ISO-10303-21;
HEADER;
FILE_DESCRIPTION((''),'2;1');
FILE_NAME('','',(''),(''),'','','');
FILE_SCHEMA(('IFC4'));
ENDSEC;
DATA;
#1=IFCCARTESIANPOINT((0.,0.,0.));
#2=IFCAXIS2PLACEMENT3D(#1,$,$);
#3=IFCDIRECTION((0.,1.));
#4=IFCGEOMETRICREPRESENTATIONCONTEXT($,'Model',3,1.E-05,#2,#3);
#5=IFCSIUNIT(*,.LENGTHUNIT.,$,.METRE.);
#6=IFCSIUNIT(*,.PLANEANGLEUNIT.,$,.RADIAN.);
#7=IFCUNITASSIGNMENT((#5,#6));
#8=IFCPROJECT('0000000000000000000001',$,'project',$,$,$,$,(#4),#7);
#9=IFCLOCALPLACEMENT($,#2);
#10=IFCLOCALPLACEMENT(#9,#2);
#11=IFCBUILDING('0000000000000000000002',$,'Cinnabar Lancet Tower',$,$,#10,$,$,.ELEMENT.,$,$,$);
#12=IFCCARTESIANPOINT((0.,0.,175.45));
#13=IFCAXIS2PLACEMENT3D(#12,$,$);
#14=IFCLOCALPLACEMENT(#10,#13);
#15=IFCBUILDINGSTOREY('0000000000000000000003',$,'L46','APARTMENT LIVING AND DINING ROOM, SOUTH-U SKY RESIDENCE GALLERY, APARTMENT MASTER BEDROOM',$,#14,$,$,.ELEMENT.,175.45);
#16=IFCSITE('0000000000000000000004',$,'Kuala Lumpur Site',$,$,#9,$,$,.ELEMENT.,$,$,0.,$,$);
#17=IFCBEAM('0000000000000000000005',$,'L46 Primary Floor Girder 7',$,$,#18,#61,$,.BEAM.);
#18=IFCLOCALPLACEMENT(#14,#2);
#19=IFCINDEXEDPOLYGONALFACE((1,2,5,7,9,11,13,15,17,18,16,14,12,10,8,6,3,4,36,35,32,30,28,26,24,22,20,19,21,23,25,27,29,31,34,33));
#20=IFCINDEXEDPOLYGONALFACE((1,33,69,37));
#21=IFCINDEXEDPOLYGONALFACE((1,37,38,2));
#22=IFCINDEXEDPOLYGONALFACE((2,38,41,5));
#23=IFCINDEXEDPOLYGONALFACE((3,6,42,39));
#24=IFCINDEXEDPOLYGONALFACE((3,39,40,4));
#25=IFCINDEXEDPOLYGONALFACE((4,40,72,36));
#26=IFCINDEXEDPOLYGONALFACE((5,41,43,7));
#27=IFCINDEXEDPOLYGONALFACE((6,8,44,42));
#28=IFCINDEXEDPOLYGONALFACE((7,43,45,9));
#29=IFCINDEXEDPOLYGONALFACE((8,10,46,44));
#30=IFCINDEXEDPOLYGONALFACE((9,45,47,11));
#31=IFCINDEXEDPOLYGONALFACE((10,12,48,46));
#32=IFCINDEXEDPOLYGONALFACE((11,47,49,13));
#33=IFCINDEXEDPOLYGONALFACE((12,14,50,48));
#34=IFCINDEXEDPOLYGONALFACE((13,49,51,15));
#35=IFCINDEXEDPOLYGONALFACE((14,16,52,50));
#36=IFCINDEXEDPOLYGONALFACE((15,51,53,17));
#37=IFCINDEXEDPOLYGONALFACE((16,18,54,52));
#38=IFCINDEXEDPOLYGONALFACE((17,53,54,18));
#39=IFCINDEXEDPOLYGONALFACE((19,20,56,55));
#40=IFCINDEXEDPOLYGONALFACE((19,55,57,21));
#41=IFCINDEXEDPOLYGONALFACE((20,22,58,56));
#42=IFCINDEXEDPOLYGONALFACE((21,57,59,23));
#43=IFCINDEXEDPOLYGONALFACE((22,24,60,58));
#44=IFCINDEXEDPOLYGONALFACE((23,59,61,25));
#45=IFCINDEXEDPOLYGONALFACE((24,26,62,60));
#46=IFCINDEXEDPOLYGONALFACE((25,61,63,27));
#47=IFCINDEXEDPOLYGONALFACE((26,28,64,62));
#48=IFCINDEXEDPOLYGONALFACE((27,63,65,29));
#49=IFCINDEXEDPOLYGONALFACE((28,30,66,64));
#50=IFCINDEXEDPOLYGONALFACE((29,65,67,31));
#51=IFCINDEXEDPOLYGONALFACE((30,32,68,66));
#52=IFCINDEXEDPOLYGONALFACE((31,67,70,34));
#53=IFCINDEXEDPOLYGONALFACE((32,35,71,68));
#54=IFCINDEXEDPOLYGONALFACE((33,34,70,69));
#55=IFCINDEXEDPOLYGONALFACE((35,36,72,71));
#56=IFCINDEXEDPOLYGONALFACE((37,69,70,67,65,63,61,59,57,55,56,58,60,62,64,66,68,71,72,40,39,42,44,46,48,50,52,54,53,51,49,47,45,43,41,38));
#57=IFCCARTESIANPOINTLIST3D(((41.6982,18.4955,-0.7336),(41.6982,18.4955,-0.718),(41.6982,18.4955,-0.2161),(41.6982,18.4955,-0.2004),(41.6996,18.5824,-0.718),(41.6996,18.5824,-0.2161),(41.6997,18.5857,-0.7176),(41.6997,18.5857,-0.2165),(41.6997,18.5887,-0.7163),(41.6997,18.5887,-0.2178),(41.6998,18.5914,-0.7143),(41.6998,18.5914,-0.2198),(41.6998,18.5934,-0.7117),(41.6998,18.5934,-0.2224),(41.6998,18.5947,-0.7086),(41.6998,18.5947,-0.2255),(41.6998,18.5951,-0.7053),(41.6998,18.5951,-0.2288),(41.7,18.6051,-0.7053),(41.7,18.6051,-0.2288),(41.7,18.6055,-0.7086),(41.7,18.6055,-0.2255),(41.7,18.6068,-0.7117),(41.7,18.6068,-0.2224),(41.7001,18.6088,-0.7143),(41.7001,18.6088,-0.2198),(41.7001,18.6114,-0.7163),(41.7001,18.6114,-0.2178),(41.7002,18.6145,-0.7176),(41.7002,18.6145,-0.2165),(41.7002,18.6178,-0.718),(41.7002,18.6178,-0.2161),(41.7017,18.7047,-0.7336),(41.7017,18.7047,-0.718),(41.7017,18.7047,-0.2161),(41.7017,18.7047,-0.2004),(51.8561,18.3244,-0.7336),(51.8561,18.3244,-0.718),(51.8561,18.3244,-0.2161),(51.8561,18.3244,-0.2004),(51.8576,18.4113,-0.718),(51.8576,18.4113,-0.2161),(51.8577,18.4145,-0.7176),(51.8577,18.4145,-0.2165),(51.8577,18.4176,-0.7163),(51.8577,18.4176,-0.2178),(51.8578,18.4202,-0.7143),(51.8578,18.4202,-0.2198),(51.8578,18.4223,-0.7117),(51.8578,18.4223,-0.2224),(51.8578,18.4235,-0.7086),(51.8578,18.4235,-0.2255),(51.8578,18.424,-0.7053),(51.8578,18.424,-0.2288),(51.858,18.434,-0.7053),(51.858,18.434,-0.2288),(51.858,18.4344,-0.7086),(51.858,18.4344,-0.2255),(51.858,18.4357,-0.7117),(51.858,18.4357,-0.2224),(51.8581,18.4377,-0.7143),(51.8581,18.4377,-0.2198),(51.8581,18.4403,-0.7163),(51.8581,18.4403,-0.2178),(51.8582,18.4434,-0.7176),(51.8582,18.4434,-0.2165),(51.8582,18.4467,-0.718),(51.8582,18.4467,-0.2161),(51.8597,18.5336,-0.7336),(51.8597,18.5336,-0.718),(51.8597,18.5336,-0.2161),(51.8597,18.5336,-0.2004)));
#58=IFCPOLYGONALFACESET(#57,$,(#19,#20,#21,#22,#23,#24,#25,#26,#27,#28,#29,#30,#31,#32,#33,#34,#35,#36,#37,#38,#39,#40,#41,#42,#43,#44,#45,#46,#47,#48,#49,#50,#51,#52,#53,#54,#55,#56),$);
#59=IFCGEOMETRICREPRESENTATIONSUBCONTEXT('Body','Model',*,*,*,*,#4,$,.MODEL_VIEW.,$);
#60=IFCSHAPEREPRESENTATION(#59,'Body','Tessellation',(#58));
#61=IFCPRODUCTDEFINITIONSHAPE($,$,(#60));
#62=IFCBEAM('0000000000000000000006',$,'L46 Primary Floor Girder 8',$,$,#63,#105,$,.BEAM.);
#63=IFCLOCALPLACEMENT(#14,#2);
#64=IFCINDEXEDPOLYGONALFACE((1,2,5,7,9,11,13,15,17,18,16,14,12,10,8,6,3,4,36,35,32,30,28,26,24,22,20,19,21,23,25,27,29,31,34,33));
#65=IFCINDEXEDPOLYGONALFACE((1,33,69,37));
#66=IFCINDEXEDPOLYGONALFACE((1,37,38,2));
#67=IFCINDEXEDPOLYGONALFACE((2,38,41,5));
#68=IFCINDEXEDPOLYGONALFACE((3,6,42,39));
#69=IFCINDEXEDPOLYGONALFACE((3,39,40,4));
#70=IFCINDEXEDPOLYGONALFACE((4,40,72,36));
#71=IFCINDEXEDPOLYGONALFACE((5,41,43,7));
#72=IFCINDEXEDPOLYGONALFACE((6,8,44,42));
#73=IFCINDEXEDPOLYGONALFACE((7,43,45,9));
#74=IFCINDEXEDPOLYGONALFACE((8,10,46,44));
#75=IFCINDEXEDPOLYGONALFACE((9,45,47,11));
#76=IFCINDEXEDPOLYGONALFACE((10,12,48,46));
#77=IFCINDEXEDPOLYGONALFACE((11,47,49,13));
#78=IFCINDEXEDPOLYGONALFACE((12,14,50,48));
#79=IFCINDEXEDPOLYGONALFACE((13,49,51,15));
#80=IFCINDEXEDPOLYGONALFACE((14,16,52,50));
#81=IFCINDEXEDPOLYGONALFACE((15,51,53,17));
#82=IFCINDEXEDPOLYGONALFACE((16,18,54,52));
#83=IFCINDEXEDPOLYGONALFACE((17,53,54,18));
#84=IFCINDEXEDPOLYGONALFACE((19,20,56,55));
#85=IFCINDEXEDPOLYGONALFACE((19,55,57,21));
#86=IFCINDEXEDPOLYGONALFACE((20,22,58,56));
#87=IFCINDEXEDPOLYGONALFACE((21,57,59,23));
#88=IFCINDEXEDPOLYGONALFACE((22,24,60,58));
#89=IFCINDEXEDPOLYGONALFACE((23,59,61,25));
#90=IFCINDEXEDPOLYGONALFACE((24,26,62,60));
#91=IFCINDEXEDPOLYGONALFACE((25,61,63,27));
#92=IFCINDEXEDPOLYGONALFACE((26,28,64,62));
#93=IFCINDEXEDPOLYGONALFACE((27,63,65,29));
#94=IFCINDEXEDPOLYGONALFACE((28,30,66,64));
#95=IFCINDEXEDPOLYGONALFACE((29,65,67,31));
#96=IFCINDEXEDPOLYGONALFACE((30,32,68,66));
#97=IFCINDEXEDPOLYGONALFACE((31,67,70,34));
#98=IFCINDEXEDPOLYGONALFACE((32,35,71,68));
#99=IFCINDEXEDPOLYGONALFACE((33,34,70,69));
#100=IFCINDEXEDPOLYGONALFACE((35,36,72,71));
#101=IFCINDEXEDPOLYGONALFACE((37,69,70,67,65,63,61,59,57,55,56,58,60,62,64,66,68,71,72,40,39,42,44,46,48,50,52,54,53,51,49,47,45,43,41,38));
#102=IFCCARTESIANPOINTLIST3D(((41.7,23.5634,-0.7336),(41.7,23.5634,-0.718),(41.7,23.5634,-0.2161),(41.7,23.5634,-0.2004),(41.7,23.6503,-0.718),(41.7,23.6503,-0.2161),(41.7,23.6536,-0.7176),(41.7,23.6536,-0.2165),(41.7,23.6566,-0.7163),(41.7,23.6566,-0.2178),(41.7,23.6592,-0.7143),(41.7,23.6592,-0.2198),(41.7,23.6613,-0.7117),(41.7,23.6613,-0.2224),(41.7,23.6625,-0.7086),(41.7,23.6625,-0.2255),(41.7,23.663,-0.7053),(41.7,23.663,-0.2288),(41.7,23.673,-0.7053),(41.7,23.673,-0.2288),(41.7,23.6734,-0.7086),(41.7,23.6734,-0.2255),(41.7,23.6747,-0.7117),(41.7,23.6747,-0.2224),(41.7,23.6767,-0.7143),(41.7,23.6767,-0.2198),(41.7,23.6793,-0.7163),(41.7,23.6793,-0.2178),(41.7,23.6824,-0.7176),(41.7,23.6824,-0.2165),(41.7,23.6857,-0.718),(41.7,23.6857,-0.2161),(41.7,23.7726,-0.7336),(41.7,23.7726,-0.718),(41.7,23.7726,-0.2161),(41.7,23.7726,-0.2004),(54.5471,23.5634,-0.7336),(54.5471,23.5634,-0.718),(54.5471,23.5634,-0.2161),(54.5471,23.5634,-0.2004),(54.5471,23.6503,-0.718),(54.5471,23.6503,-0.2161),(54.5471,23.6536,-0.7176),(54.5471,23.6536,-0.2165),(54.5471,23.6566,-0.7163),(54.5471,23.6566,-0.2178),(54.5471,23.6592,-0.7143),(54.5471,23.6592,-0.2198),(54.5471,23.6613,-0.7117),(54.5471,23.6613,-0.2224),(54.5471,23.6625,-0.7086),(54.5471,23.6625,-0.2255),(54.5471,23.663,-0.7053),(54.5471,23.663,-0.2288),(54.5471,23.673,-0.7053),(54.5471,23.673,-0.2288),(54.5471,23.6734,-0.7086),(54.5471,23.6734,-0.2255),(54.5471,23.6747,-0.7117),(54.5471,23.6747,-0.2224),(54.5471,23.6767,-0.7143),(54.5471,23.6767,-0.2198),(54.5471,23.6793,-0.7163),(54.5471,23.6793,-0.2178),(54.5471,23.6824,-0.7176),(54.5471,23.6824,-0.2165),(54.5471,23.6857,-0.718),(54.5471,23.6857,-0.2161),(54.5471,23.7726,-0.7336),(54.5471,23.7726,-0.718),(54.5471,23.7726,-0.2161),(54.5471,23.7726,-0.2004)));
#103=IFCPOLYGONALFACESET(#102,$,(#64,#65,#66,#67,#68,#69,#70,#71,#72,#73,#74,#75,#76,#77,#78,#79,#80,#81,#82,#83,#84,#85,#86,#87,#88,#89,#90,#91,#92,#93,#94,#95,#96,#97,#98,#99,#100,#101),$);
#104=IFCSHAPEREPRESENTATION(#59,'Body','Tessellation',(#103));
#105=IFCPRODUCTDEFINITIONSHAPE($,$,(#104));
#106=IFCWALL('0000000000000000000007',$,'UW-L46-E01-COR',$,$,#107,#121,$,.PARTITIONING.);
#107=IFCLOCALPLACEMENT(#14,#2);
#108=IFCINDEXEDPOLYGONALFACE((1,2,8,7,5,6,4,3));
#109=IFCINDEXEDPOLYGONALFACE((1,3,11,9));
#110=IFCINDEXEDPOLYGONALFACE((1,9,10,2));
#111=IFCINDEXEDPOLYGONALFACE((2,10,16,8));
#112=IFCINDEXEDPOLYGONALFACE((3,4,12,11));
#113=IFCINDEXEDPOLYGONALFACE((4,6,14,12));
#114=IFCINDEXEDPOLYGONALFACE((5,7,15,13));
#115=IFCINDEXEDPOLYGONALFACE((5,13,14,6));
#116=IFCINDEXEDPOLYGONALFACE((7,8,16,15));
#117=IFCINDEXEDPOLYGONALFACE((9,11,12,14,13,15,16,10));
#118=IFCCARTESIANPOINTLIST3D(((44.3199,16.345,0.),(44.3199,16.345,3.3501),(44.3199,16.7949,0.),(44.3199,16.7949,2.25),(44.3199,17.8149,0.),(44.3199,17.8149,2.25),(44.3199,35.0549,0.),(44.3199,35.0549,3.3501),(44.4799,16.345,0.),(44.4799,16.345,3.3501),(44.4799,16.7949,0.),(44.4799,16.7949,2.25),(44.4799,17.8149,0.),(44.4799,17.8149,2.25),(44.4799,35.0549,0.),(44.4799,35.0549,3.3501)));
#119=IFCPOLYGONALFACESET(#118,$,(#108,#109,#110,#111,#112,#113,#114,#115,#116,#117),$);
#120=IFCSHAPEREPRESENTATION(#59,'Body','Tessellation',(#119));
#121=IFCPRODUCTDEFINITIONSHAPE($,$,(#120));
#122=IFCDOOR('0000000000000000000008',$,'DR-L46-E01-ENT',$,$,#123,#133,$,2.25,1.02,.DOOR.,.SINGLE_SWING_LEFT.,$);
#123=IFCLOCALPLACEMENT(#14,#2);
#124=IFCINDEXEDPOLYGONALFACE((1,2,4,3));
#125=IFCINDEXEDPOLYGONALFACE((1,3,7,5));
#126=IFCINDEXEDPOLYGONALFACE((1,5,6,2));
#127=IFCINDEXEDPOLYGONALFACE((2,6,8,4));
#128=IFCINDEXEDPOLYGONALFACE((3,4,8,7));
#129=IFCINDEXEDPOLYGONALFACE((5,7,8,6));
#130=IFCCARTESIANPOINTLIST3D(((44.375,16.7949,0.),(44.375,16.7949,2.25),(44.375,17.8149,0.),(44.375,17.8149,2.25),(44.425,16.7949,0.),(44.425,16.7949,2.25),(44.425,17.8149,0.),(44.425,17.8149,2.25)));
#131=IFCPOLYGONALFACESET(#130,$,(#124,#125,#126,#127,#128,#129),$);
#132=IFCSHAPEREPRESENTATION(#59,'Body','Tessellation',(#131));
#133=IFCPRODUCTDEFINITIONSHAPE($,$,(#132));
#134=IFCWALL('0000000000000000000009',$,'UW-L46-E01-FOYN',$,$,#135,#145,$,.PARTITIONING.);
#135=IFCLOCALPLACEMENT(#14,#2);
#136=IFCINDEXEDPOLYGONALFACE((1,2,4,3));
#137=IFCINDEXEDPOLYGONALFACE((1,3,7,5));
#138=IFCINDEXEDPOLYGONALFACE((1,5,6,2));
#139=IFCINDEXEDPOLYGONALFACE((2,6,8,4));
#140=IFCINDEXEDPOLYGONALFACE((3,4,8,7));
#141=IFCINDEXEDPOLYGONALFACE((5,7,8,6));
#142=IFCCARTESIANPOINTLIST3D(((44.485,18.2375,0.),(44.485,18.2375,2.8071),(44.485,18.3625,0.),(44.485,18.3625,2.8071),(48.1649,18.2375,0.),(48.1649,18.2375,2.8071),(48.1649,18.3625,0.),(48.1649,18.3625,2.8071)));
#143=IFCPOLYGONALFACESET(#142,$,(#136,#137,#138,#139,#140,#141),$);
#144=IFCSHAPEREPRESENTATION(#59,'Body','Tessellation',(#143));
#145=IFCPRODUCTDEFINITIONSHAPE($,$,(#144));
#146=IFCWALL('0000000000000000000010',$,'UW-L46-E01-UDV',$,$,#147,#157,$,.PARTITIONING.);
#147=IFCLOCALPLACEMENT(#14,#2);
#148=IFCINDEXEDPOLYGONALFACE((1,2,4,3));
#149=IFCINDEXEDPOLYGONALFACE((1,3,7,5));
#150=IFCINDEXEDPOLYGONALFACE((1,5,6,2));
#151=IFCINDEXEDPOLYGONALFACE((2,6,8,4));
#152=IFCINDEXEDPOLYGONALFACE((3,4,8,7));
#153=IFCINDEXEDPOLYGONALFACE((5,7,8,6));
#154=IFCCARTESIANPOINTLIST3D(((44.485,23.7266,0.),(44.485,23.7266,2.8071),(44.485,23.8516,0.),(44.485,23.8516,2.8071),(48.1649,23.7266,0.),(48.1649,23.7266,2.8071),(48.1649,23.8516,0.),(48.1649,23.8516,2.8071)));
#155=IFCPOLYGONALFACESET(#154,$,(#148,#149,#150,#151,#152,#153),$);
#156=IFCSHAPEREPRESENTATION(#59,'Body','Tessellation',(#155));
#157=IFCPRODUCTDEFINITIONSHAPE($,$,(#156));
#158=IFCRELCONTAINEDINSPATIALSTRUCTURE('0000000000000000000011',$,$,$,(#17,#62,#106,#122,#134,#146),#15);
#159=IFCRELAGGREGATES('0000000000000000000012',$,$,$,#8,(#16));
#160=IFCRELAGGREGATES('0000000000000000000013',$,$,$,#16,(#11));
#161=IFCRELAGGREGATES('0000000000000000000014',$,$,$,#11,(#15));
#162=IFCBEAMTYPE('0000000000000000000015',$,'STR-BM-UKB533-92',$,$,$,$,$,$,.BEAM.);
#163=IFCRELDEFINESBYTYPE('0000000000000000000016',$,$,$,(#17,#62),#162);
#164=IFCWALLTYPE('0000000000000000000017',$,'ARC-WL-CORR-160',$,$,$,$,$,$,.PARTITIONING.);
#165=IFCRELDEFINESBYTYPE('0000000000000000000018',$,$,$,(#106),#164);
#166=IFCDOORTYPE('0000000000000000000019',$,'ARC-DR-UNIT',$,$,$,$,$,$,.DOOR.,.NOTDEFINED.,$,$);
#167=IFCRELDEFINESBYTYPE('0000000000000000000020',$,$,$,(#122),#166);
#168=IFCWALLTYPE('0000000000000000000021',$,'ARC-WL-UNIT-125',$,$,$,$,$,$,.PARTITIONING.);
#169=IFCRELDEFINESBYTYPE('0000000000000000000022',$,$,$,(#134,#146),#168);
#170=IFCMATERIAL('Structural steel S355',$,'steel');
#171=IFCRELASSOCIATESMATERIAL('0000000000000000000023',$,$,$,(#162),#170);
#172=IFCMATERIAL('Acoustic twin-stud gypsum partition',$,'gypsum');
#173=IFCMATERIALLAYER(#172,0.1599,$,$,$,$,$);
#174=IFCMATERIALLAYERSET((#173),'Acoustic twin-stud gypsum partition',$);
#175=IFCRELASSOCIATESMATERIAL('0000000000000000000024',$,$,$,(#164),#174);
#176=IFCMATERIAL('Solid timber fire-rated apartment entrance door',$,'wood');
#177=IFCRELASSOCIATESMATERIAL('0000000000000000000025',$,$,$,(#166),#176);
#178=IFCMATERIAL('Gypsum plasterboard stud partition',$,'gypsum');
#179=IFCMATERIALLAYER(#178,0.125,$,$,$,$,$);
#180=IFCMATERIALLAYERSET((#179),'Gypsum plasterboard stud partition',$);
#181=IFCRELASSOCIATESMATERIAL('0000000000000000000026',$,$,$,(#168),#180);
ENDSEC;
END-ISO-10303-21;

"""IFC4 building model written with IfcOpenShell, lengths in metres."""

from ifc_helpers import new_model, si_unit, direction, frame, frame_2d, origin, origin_2d, place, context, subcontext, project, spatial, rectangle, i_section, extrude, material, layer, layer_set, material_profile, profile_set, type_object, element, fill, save


model = new_model("IFC4")

# Units and contexts
model_context = context("Model", 3, precision=1e-05, world=origin(), true_north=direction((0.0, 1.0)))
body_context = subcontext(model_context, "Body", "Model", "MODEL_VIEW")
ifc_project = project(units=[si_unit("LENGTHUNIT", "METRE"), si_unit("PLANEANGLEUNIT", "RADIAN")], contexts=[model_context])

# Site, building, storey
site_placement = place(None, origin())
site = spatial("IfcSite", under=ifc_project, at=site_placement, Name="Kuala Lumpur Site", CompositionType="ELEMENT", RefElevation=0.0)
building_placement = place(site_placement, origin())
building = spatial("IfcBuilding", under=site, at=building_placement, Name="Cinnabar Lancet Tower", CompositionType="ELEMENT")
storey_placement = place(building_placement, frame((0.0, 0.0, 175.45)))
storey = spatial("IfcBuildingStorey", under=building, at=storey_placement, Name="L46", Description="APARTMENT LIVING AND DINING ROOM, SOUTH-U SKY RESIDENCE GALLERY, APARTMENT MASTER BEDROOM", CompositionType="ELEMENT", Elevation=175.45)

# Beams
ifc_material_1 = material(Name="Structural steel S355", Category="steel")
ifc_material_profile_1 = material_profile(ifc_material_1, i_section(OverallWidth=0.2092, OverallDepth=0.5332, WebThickness=0.01, FlangeThickness=0.0156, FilletRadius=0.0127, at=origin_2d()), Name="UKB 533x210x92")
ifc_profile_set_1 = profile_set([ifc_material_profile_1], Name="Structural steel S355")
beam_type_1 = type_object("IfcBeamType", Name="STR-BM-UKB533-92", PredefinedType="BEAM", material=ifc_profile_set_1)
beam_1_placement = place(storey_placement, frame((51.8579, 18.429, -0.467), z_axis=(-0.999858, 0.016846, 0.0), x_axis=(-0.016846, -0.999858, 0.0)))
element("IfcBeam", 1, at=beam_1_placement, inside=storey, type_object=beam_type_1, Name="L46 Primary Floor Girder 7", PredefinedType="BEAM", context=body_context, shape_type="SweptSolid", body=[
    extrude(i_section(OverallWidth=0.2092, OverallDepth=0.5332, WebThickness=0.01, FlangeThickness=0.0156, FilletRadius=0.0127, at=origin_2d()), origin(), (0.0, 0.0, 1.0), 10.1594),
])
beam_2_placement = place(storey_placement, frame((54.5471, 23.668, -0.467), z_axis=(-1.0, 0.0, 0.0), x_axis=(0.0, -1.0, 0.0)))
element("IfcBeam", 2, at=beam_2_placement, inside=storey, type_object=beam_type_1, Name="L46 Primary Floor Girder 8", PredefinedType="BEAM", context=body_context, shape_type="SweptSolid", body=[
    extrude(i_section(OverallWidth=0.2092, OverallDepth=0.5332, WebThickness=0.01, FlangeThickness=0.0156, FilletRadius=0.0127, at=origin_2d()), origin(), (0.0, 0.0, 1.0), 12.8472),
])

# Wall, opening, door
ifc_material_2 = material(Name="Acoustic twin-stud gypsum partition", Category="gypsum")
ifc_layer_1 = layer(ifc_material_2, 0.1599)
ifc_layer_set_1 = layer_set([ifc_layer_1], Name="Acoustic twin-stud gypsum partition")
wall_type_1 = type_object("IfcWallType", Name="ARC-WL-CORR-160", PredefinedType="PARTITIONING", material=ifc_layer_set_1)
wall_1_placement = place(storey_placement, frame((44.3999, 16.345, 0.0), z_axis=(0.0, 0.0, 1.0), x_axis=(0.0, 1.0, 0.0)))
wall_1 = element("IfcWall", 3, at=wall_1_placement, inside=storey, type_object=wall_type_1, Name="UW-L46-E01-COR", PredefinedType="PARTITIONING", context=body_context, shape_type="SweptSolid", body=[
    extrude(rectangle(XDim=18.71, YDim=0.1599, at=frame_2d((9.355, 0.0))), origin(), (0.0, 0.0, 1.0), 3.3501),
])
opening_1_placement = place(wall_1_placement, frame((0.45, 0.0, 0.0)))
opening_1 = element("IfcOpeningElement", 4, at=opening_1_placement, cuts=wall_1, PredefinedType="OPENING", context=body_context, shape_type="SweptSolid", body=[
    extrude(rectangle(XDim=1.02, YDim=2.25, at=frame_2d((0.51, 1.125))), frame((0.0, 0.0898, 0.0), z_axis=(0.0, -1.0, 0.0), x_axis=(1.0, 0.0, 0.0)), (0.0, 0.0, 1.0), 0.1799),
])
ifc_material_3 = material(Name="Solid timber fire-rated apartment entrance door", Category="wood")
door_type_1 = type_object("IfcDoorType", Name="ARC-DR-UNIT", OperationType="NOTDEFINED", PredefinedType="DOOR", material=ifc_material_3)
door_1_placement = place(opening_1_placement, origin())
door_1 = element("IfcDoor", 5, at=door_1_placement, inside=storey, type_object=door_type_1, Name="DR-L46-E01-ENT", OperationType="SINGLE_SWING_LEFT", OverallHeight=2.25, OverallWidth=1.02, PredefinedType="DOOR", context=body_context, shape_type="SweptSolid", body=[
    extrude(rectangle(XDim=1.02, YDim=2.25, at=frame_2d((0.51, 1.125))), frame((0.0, 0.0249, 0.0), z_axis=(0.0, -1.0, 0.0), x_axis=(1.0, 0.0, 0.0)), (0.0, 0.0, 1.0), 0.05),
])
fill(opening_1, door_1)

# Walls
ifc_material_4 = material(Name="Gypsum plasterboard stud partition", Category="gypsum")
ifc_layer_2 = layer(ifc_material_4, 0.125)
ifc_layer_set_2 = layer_set([ifc_layer_2], Name="Gypsum plasterboard stud partition")
wall_type_2 = type_object("IfcWallType", Name="ARC-WL-UNIT-125", PredefinedType="PARTITIONING", material=ifc_layer_set_2)
for number, where, z_axis, x_axis, name in (
    (6, (44.4851, 18.3, 0.0), (0.0, 0.0, 1.0), (1.0, 0.0, 0.0), "UW-L46-E01-FOYN"),
    (7, (44.4851, 23.7891, 0.0), (0.0, 0.0, 1.0), (1.0, 0.0, 0.0), "UW-L46-E01-UDV"),
):
    element("IfcWall", number, at=place(storey_placement, frame(where, z_axis=z_axis, x_axis=x_axis)), inside=storey, type_object=wall_type_2, Name=name, PredefinedType="PARTITIONING", context=body_context, shape_type="SweptSolid", body=[
        extrude(rectangle(XDim=3.6799, YDim=0.125, at=frame_2d((1.8398, 0.0))), origin(), (0.0, 0.0, 1.0), 2.8071),
    ])

save(model, "model.ifc")
